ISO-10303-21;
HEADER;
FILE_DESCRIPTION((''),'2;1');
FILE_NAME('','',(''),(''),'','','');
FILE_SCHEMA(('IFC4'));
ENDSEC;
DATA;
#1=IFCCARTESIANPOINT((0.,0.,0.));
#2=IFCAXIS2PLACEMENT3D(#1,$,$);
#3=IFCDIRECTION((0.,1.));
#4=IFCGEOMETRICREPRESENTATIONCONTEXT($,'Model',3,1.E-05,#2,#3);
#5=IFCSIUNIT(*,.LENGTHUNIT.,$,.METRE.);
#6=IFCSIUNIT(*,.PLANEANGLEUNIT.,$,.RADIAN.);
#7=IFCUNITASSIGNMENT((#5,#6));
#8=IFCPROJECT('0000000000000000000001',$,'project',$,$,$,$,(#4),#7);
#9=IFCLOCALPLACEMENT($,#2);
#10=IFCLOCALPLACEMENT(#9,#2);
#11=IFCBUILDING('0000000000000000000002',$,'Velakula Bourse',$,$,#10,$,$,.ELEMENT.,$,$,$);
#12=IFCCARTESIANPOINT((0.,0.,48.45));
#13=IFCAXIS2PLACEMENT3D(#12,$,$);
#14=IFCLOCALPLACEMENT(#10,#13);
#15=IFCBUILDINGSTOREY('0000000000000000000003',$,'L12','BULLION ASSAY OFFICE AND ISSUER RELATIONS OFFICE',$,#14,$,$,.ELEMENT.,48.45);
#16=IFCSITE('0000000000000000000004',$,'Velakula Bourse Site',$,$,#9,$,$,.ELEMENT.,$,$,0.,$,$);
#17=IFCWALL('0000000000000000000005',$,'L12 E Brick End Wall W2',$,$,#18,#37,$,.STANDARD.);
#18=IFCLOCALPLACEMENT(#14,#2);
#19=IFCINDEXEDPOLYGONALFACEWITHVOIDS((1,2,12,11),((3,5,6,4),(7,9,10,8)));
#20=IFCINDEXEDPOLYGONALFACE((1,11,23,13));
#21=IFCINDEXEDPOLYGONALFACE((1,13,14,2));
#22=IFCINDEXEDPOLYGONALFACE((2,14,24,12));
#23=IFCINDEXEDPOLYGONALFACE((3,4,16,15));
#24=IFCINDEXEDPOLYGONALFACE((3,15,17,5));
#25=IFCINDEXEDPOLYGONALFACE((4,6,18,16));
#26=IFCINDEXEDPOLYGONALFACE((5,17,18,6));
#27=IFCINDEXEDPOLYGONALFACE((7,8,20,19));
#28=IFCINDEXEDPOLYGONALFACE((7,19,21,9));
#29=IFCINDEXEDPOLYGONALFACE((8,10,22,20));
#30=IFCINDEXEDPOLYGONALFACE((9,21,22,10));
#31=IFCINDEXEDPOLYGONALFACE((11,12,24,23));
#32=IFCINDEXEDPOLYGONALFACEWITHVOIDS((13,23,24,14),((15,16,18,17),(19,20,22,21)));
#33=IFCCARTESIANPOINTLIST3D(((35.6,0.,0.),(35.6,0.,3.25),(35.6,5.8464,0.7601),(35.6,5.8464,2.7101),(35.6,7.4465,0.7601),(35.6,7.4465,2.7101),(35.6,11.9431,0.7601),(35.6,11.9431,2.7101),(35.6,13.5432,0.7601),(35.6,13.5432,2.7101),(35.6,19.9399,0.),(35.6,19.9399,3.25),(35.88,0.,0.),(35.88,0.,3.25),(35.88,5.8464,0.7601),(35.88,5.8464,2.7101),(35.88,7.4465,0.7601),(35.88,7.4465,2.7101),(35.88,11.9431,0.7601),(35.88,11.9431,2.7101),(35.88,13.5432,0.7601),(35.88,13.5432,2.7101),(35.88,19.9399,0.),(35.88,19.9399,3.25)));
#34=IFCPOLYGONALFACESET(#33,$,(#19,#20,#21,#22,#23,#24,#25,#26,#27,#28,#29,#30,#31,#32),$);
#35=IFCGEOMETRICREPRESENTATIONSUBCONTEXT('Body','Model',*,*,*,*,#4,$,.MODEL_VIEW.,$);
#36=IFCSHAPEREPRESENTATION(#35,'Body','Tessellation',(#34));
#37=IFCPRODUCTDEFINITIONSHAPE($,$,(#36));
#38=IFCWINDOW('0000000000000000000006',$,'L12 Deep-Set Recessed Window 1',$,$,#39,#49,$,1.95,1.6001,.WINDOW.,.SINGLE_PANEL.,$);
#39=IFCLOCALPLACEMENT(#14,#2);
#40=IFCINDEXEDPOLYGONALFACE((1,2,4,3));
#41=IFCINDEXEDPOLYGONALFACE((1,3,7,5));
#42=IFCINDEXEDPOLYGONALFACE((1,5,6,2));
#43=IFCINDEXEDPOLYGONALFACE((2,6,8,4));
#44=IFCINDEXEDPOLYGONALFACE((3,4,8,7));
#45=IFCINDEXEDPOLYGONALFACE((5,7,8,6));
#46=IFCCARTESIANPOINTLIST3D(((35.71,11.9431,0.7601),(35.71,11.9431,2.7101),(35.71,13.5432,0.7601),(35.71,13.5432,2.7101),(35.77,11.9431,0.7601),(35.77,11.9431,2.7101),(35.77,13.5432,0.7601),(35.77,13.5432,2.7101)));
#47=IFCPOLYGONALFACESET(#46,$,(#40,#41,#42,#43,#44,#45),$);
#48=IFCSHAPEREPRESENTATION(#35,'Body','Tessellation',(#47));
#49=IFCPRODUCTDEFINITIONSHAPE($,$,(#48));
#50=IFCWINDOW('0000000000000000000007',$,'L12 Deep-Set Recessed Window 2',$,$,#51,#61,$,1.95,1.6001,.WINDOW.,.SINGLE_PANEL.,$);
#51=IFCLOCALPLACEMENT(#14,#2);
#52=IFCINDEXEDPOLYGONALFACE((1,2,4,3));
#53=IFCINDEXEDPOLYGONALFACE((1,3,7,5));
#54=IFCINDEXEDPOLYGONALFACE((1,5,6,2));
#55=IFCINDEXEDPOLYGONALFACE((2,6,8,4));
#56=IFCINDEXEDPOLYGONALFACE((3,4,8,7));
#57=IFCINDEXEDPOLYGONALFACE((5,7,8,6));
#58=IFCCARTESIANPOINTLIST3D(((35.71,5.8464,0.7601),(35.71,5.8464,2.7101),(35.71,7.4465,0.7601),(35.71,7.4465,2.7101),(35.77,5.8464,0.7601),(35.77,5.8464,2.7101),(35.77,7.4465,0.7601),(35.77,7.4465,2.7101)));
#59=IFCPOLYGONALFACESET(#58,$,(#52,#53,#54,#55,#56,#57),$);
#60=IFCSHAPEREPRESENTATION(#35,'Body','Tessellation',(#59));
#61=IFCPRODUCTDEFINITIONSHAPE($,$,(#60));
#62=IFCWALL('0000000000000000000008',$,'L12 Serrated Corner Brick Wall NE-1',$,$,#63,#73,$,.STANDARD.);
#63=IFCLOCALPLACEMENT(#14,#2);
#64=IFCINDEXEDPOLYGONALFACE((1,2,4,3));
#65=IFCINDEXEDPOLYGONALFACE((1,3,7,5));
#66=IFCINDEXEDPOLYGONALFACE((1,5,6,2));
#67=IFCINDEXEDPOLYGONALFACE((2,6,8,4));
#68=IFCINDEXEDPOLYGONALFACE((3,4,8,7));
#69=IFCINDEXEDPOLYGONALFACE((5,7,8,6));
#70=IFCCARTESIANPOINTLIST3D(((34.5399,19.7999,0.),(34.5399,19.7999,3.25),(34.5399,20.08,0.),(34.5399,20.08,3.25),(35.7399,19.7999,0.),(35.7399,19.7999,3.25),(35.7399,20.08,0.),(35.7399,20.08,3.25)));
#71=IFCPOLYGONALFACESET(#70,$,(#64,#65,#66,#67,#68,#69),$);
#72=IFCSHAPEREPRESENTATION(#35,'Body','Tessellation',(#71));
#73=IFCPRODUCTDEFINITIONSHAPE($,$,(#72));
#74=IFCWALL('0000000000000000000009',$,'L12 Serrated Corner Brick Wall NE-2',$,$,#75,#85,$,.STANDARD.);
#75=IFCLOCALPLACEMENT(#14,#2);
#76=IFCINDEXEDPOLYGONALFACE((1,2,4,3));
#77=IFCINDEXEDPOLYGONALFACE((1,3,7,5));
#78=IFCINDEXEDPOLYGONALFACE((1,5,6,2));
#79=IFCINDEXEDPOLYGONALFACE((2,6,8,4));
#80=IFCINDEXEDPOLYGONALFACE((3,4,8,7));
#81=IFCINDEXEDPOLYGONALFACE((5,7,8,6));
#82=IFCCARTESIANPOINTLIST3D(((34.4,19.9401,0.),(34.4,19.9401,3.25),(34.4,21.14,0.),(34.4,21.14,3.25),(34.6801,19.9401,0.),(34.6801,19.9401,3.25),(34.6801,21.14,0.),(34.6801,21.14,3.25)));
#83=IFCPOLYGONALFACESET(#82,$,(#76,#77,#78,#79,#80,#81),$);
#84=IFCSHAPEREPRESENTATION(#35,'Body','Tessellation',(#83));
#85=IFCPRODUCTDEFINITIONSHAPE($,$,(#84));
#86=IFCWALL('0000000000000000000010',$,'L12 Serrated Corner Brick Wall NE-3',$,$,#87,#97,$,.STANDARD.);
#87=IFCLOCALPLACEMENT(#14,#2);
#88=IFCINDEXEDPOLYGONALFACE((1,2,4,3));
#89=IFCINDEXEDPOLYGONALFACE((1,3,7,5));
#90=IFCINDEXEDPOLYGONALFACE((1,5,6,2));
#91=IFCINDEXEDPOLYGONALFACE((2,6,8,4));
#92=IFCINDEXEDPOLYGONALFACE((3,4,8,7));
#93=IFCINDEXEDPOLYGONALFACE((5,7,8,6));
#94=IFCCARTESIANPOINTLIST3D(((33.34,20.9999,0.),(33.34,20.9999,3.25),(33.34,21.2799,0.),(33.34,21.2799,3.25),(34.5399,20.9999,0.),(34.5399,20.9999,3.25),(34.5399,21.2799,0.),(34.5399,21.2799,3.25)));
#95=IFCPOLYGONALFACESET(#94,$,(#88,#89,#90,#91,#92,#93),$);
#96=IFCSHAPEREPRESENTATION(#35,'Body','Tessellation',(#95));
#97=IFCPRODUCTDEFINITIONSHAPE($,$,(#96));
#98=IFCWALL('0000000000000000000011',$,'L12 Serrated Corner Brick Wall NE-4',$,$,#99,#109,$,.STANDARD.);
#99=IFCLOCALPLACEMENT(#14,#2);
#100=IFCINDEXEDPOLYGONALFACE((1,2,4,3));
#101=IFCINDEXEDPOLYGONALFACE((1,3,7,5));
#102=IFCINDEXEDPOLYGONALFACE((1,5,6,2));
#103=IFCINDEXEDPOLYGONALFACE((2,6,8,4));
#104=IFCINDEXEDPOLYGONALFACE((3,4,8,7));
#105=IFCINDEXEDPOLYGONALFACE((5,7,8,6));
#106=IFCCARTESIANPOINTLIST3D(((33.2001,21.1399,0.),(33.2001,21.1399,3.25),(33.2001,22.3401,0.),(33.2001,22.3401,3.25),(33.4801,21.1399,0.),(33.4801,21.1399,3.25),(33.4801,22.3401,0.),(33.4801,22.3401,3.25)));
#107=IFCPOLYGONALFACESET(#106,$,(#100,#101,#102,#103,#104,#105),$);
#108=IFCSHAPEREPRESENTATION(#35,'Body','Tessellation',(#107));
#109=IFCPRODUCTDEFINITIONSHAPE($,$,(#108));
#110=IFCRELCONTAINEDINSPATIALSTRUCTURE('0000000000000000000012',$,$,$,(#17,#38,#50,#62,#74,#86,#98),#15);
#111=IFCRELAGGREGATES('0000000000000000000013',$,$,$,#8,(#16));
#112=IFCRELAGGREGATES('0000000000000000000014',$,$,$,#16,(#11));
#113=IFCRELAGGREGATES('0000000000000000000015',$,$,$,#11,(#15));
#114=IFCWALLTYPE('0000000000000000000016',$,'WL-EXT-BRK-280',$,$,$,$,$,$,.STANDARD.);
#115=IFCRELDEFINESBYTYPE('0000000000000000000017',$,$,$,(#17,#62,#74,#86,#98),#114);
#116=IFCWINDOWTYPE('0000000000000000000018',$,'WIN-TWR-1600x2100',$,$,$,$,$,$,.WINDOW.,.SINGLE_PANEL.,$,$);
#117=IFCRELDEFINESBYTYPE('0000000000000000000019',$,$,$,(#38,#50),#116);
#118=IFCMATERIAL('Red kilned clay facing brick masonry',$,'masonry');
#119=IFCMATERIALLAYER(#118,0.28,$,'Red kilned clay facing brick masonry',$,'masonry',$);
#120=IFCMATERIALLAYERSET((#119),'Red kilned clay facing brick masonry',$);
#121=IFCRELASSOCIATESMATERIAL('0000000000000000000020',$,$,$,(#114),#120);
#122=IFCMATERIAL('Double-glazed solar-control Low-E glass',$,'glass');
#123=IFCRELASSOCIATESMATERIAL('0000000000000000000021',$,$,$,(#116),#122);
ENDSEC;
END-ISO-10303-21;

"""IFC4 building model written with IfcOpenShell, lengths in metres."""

from ifc_helpers import new_model, si_unit, direction, frame, frame_2d, origin, place, context, subcontext, project, spatial, rectangle, extrude, material, layer, layer_set, type_object, element, fill, save


model = new_model("IFC4")

# Units and contexts
model_context = context("Model", 3, precision=1e-05, world=origin(), true_north=direction((0.0, 1.0)))
body_context = subcontext(model_context, "Body", "Model", "MODEL_VIEW")
ifc_project = project(units=[si_unit("LENGTHUNIT", "METRE"), si_unit("PLANEANGLEUNIT", "RADIAN")], contexts=[model_context])

# Site, building, storey
site_placement = place(None, origin())
site = spatial("IfcSite", under=ifc_project, at=site_placement, Name="Velakula Bourse Site", CompositionType="ELEMENT", RefElevation=0.0)
building_placement = place(site_placement, origin())
building = spatial("IfcBuilding", under=site, at=building_placement, Name="Velakula Bourse", CompositionType="ELEMENT")
storey_placement = place(building_placement, frame((0.0, 0.0, 48.45)))
storey = spatial("IfcBuildingStorey", under=building, at=storey_placement, Name="L12", Description="BULLION ASSAY OFFICE AND ISSUER RELATIONS OFFICE", CompositionType="ELEMENT", Elevation=48.45)

# Wall, openings, windows
ifc_material_1 = material(Name="Red kilned clay facing brick masonry", Category="masonry")
ifc_layer = layer(ifc_material_1, 0.28, Name="Red kilned clay facing brick masonry", Category="masonry")
ifc_layer_set = layer_set([ifc_layer], Name="Red kilned clay facing brick masonry")
wall_type = type_object("IfcWallType", Name="WL-EXT-BRK-280", PredefinedType="STANDARD", material=ifc_layer_set)
wall_1_placement = place(storey_placement, frame((35.74, 19.9399, 0.0), z_axis=(0.0, 0.0, 1.0), x_axis=(0.0, -1.0, 0.0)))
wall_1 = element("IfcWall", 1, at=wall_1_placement, inside=storey, type_object=wall_type, Name="L12 E Brick End Wall W2", PredefinedType="STANDARD", context=body_context, shape_type="SweptSolid", body=[
    extrude(rectangle(XDim=19.9399, YDim=0.28, at=frame_2d((9.97, 0.0))), origin(), (0.0, 0.0, 1.0), 3.25),
])
opening_1_placement = place(wall_1_placement, frame((6.3967, 0.0, 0.76)))
opening_1 = element("IfcOpeningElement", 2, at=opening_1_placement, cuts=wall_1, PredefinedType="OPENING", context=body_context, shape_type="SweptSolid", body=[
    extrude(rectangle(XDim=1.6001, YDim=1.95, at=frame_2d((0.8, 0.9751))), frame((0.0, 0.1499, 0.0), z_axis=(0.0, -1.0, 0.0), x_axis=(1.0, 0.0, 0.0)), (0.0, 0.0, 1.0), 0.3),
])
opening_2_placement = place(wall_1_placement, frame((12.4934, 0.0, 0.76)))
opening_2 = element("IfcOpeningElement", 3, at=opening_2_placement, cuts=wall_1, PredefinedType="OPENING", context=body_context, shape_type="SweptSolid", body=[
    extrude(rectangle(XDim=1.6001, YDim=1.95, at=frame_2d((0.8, 0.9751))), frame((0.0, 0.1499, 0.0), z_axis=(0.0, -1.0, 0.0), x_axis=(1.0, 0.0, 0.0)), (0.0, 0.0, 1.0), 0.3),
])
ifc_material_2 = material(Name="Double-glazed solar-control Low-E glass", Category="glass")
window_type = type_object("IfcWindowType", Name="WIN-TWR-1600x2100", PartitioningType="SINGLE_PANEL", PredefinedType="WINDOW", material=ifc_material_2)
window_1_placement = place(opening_1_placement, origin())
window_1 = element("IfcWindow", 4, at=window_1_placement, inside=storey, type_object=window_type, Name="L12 Deep-Set Recessed Window 1", OverallHeight=1.95, OverallWidth=1.6001, PartitioningType="SINGLE_PANEL", PredefinedType="WINDOW", context=body_context, shape_type="SweptSolid", body=[
    extrude(rectangle(XDim=1.6001, YDim=1.95, at=frame_2d((0.8, 0.9751))), frame((0.0, 0.03, 0.0), z_axis=(0.0, -1.0, 0.0), x_axis=(1.0, 0.0, 0.0)), (0.0, 0.0, 1.0), 0.0601),
])
fill(opening_1, window_1)
window_2_placement = place(opening_2_placement, origin())
window_2 = element("IfcWindow", 5, at=window_2_placement, inside=storey, type_object=window_type, Name="L12 Deep-Set Recessed Window 2", OverallHeight=1.95, OverallWidth=1.6001, PartitioningType="SINGLE_PANEL", PredefinedType="WINDOW", context=body_context, shape_type="SweptSolid", body=[
    extrude(rectangle(XDim=1.6001, YDim=1.95, at=frame_2d((0.8, 0.9751))), frame((0.0, 0.03, 0.0), z_axis=(0.0, -1.0, 0.0), x_axis=(1.0, 0.0, 0.0)), (0.0, 0.0, 1.0), 0.0601),
])
fill(opening_2, window_2)

# Walls
for number, where, z_axis, x_axis, name in (
    (6, (35.74, 19.9399, 0.0), (0.0, 0.0, 1.0), (-1.0, 0.0, 0.0), "L12 Serrated Corner Brick Wall NE-1"),
    (7, (34.54, 19.9399, 0.0), (0.0, 0.0, 1.0), (0.0, 1.0, 0.0), "L12 Serrated Corner Brick Wall NE-2"),
    (8, (34.54, 21.1399, 0.0), (0.0, 0.0, 1.0), (-1.0, 0.0, 0.0), "L12 Serrated Corner Brick Wall NE-3"),
):
    element("IfcWall", number, at=place(storey_placement, frame(where, z_axis=z_axis, x_axis=x_axis)), inside=storey, type_object=wall_type, Name=name, PredefinedType="STANDARD", context=body_context, shape_type="SweptSolid", body=[
        extrude(rectangle(XDim=1.2, YDim=0.28, at=frame_2d((0.6001, 0.0))), origin(), (0.0, 0.0, 1.0), 3.25),
    ])
wall_2_placement = place(storey_placement, frame((33.3401, 21.1399, 0.0), z_axis=(0.0, 0.0, 1.0), x_axis=(0.0, 1.0, 0.0)))
element("IfcWall", 9, at=wall_2_placement, inside=storey, type_object=wall_type, Name="L12 Serrated Corner Brick Wall NE-4", PredefinedType="STANDARD", context=body_context, shape_type="SweptSolid", body=[
    extrude(rectangle(XDim=1.2002, YDim=0.28, at=frame_2d((0.6001, 0.0))), origin(), (0.0, 0.0, 1.0), 3.25),
])

save(model, "model.ifc")
